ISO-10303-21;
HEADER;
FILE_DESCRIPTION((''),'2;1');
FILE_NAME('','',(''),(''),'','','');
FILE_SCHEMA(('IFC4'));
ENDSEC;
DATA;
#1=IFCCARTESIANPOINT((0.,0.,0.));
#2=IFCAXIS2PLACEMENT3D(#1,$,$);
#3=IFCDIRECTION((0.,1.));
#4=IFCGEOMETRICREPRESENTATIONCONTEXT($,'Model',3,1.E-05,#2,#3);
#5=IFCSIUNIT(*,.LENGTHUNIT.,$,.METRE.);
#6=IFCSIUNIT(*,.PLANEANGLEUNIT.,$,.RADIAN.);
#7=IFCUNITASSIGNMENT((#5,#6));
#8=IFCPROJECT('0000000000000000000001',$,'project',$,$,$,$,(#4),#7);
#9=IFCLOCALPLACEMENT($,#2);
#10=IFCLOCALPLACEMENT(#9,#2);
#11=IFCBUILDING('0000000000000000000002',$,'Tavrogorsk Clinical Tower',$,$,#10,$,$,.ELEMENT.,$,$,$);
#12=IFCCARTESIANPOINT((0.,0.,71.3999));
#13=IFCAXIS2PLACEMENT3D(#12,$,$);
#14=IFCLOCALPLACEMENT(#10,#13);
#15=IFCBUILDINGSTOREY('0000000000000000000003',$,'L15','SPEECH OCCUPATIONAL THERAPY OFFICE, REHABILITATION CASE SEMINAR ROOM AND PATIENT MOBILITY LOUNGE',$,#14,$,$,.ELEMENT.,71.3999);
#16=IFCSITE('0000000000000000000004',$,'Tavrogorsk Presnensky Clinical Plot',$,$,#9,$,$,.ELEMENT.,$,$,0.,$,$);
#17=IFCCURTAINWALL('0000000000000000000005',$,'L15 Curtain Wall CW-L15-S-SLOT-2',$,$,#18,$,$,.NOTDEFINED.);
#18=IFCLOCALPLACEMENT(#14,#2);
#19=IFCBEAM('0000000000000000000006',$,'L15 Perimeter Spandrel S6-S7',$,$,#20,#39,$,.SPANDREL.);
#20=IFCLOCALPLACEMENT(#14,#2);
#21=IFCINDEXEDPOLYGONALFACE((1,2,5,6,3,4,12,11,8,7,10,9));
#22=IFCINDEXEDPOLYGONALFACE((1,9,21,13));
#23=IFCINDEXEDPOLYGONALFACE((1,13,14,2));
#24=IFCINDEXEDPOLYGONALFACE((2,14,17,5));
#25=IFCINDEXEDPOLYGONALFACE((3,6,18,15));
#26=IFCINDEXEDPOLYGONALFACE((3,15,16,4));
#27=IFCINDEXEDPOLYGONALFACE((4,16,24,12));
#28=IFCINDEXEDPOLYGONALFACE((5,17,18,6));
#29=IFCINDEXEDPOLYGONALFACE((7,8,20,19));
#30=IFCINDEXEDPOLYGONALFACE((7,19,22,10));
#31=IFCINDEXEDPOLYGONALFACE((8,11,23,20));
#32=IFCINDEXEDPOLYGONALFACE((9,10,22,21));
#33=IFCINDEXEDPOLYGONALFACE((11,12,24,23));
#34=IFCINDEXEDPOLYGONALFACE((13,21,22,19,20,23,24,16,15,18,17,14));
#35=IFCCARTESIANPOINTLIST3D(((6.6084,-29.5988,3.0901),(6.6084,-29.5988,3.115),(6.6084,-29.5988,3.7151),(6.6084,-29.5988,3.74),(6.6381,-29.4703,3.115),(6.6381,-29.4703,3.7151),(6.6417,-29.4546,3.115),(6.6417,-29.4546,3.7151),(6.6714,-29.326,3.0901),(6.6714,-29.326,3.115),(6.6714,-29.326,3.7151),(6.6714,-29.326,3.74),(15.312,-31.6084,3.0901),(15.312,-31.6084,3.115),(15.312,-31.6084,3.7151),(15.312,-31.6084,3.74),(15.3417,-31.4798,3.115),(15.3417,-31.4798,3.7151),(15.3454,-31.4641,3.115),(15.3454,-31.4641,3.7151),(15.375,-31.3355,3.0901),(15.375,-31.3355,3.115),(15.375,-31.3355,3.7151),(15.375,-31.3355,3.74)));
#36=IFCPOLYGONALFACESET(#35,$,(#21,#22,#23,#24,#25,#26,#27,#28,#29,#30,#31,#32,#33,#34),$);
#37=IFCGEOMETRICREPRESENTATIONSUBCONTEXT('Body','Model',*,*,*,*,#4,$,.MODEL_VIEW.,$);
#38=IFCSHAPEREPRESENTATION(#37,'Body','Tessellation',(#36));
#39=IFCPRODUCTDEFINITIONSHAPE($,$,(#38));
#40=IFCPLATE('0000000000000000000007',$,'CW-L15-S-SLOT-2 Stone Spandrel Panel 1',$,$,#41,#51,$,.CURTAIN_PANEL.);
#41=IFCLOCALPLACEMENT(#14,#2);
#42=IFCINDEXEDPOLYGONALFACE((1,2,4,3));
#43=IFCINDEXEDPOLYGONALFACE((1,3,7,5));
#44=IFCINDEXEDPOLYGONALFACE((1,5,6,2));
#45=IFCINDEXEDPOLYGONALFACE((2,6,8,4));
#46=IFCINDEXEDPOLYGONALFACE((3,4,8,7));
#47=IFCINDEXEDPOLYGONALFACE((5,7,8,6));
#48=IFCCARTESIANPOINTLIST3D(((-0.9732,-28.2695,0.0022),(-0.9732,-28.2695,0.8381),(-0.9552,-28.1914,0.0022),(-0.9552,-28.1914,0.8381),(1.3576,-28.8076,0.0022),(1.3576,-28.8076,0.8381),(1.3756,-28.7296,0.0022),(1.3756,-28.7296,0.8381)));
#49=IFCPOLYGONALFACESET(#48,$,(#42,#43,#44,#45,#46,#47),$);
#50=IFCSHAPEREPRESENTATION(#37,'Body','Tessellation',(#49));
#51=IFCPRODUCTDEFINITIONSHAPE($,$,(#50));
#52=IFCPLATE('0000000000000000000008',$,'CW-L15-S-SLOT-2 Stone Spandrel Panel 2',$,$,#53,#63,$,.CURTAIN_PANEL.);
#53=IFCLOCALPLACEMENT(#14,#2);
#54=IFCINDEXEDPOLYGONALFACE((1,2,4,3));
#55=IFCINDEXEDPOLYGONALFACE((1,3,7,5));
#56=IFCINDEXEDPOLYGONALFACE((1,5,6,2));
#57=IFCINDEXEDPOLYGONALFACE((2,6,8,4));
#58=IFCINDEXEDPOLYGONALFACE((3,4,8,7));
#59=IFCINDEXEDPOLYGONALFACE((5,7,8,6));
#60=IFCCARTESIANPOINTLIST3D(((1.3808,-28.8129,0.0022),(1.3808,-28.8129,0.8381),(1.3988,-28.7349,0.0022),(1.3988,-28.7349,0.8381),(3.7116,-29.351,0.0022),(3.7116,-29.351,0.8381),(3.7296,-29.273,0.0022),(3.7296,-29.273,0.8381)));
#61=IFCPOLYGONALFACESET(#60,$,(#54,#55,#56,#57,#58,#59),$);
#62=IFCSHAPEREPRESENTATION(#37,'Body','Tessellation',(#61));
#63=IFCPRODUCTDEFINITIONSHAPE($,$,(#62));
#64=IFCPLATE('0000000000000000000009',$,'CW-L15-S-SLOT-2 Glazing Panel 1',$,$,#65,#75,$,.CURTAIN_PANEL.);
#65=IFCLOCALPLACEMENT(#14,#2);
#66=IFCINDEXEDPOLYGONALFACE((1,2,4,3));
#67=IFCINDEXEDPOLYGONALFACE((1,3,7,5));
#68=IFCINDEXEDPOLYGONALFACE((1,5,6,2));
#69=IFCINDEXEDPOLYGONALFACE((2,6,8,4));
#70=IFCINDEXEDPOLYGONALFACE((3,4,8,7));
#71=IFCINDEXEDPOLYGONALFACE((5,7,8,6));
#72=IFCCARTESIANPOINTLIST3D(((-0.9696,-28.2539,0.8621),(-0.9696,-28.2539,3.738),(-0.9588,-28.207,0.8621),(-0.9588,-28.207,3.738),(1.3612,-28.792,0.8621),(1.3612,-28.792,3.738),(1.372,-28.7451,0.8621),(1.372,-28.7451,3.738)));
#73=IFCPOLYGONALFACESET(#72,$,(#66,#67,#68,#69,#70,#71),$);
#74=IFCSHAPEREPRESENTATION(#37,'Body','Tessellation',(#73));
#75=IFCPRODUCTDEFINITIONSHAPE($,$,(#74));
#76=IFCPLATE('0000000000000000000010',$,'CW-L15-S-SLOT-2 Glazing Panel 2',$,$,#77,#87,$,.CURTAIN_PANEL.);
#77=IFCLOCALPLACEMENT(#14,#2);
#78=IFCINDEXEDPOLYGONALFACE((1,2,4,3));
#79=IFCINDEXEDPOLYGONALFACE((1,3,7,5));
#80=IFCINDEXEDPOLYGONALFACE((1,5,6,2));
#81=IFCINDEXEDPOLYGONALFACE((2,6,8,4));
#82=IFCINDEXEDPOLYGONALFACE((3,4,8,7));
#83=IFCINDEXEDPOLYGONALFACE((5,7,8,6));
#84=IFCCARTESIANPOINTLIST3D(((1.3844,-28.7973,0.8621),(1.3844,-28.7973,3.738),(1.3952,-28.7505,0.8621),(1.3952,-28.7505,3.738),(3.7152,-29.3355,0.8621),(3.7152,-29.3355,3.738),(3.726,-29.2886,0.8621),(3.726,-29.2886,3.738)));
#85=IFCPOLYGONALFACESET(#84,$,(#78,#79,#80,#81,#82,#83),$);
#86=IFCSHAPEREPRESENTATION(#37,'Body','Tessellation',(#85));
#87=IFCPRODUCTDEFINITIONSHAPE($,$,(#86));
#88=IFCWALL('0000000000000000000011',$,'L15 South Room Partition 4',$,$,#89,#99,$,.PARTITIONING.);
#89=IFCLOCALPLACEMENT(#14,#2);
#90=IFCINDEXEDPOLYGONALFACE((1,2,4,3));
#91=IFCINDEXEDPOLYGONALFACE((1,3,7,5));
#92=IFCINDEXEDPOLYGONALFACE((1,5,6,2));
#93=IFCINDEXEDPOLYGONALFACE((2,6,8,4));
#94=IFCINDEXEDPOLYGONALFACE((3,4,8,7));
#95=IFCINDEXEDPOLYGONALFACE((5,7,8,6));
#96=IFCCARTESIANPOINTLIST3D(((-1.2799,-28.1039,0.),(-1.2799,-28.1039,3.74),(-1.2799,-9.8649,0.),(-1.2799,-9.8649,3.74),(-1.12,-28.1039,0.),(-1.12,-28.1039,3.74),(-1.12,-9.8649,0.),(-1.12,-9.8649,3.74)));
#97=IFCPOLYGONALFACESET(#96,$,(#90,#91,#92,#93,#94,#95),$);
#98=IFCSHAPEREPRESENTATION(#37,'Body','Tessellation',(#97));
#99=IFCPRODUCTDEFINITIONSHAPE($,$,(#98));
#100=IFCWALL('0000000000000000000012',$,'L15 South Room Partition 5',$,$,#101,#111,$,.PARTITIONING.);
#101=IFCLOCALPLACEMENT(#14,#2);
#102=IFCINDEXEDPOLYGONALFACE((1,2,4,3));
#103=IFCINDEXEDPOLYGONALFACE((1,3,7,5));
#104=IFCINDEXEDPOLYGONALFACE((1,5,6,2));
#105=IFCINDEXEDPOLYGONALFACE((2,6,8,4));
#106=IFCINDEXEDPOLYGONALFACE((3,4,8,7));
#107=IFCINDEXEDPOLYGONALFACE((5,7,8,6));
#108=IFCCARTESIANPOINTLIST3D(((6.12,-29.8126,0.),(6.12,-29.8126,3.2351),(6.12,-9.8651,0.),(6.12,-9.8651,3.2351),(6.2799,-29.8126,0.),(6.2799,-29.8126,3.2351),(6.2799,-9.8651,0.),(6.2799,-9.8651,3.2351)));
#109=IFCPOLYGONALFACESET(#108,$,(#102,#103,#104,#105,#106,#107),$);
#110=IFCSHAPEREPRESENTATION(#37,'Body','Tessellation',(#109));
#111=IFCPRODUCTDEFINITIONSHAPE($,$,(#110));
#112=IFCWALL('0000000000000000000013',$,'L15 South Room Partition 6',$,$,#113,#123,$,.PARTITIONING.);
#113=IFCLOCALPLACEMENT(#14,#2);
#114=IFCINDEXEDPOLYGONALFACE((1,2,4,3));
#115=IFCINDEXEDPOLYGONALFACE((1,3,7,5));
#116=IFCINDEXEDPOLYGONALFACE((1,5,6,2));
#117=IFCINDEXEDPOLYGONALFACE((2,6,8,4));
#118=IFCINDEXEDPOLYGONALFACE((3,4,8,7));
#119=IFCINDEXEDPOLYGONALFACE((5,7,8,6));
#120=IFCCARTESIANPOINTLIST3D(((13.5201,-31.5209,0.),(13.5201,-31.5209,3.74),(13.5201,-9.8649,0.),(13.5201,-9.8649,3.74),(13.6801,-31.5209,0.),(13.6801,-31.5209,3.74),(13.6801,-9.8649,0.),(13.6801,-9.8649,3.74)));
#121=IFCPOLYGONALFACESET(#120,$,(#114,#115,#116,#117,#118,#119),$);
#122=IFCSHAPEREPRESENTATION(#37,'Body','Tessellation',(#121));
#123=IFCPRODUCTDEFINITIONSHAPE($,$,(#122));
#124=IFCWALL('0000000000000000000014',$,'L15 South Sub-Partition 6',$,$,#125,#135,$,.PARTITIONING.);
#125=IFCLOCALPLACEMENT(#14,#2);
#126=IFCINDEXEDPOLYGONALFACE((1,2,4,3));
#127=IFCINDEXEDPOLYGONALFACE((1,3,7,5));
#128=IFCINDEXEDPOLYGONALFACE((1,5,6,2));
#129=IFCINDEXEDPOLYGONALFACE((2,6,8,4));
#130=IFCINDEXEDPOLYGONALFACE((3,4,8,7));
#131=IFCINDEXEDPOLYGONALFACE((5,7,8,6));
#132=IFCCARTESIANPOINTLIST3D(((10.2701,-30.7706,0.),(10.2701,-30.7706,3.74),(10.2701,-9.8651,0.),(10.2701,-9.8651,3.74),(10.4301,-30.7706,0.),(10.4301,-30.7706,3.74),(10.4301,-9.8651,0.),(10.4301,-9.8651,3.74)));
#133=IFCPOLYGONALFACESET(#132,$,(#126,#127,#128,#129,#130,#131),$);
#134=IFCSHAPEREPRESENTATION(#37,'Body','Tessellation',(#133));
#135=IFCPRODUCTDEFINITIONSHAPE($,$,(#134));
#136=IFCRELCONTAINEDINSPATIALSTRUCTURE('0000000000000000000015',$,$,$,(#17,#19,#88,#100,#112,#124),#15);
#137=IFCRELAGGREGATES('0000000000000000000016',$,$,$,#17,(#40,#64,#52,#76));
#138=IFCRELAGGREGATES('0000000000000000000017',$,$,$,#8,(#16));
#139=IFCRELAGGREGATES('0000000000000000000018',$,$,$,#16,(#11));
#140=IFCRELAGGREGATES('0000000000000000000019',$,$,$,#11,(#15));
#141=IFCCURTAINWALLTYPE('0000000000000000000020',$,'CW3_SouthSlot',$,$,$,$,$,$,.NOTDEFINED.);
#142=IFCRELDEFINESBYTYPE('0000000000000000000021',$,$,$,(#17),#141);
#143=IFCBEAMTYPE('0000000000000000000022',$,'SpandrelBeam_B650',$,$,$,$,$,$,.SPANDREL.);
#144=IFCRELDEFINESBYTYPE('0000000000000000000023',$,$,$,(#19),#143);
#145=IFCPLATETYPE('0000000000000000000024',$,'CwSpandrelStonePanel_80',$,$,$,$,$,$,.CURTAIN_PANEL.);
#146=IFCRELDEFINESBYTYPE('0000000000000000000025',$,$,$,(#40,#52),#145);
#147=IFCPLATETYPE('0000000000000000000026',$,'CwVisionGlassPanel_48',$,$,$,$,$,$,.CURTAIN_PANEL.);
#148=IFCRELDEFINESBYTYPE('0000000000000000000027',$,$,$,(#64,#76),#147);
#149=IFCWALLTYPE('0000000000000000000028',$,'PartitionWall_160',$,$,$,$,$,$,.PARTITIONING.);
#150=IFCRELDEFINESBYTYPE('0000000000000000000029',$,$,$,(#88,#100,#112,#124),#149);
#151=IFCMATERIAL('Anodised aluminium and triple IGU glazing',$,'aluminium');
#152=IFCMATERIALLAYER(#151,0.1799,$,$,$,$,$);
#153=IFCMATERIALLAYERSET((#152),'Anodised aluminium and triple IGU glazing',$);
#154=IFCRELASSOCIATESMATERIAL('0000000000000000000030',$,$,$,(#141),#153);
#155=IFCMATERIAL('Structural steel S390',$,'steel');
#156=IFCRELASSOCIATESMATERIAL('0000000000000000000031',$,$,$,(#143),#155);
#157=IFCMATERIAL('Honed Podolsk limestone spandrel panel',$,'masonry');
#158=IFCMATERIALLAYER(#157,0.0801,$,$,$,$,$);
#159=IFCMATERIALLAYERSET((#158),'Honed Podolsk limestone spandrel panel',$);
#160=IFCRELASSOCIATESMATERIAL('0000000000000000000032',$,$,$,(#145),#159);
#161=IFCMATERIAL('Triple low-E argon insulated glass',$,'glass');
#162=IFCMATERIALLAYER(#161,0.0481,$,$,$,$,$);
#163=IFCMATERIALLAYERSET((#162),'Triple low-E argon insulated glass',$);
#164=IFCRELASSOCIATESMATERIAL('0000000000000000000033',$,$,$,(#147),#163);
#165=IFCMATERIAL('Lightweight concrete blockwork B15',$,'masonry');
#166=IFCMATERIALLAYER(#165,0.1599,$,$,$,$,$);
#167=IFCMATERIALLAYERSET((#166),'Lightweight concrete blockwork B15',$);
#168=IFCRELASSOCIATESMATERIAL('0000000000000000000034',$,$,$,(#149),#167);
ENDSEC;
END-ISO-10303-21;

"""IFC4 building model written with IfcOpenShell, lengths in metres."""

from ifc_helpers import new_model, si_unit, direction, frame, frame_2d, origin, origin_2d, place, context, subcontext, project, spatial, rectangle, i_section, extrude, material, layer, layer_set, material_profile, profile_set, type_object, element, aggregate, save


model = new_model("IFC4")

# Units and contexts
model_context = context("Model", 3, precision=1e-05, world=origin(), true_north=direction((0.0, 1.0)))
body_context = subcontext(model_context, "Body", "Model", "MODEL_VIEW")
ifc_project = project(units=[si_unit("LENGTHUNIT", "METRE"), si_unit("PLANEANGLEUNIT", "RADIAN")], contexts=[model_context])

# Site, building, storey
site_placement = place(None, origin())
site = spatial("IfcSite", under=ifc_project, at=site_placement, Name="Tavrogorsk Presnensky Clinical Plot", CompositionType="ELEMENT", RefElevation=0.0)
building_placement = place(site_placement, origin())
building = spatial("IfcBuilding", under=site, at=building_placement, Name="Tavrogorsk Clinical Tower", CompositionType="ELEMENT")
storey_placement = place(building_placement, frame((0.0, 0.0, 71.3999)))
storey = spatial("IfcBuildingStorey", under=building, at=storey_placement, Name="L15", Description="SPEECH OCCUPATIONAL THERAPY OFFICE, REHABILITATION CASE SEMINAR ROOM AND PATIENT MOBILITY LOUNGE", CompositionType="ELEMENT", Elevation=71.3999)

# Curtain wall
ifc_material_1 = material(Name="Anodised aluminium and triple IGU glazing", Category="aluminium")
ifc_layer_1 = layer(ifc_material_1, 0.1799)
ifc_layer_set_1 = layer_set([ifc_layer_1], Name="Anodised aluminium and triple IGU glazing")
curtain_wall_type = type_object("IfcCurtainWallType", Name="CW3_SouthSlot", PredefinedType="NOTDEFINED", material=ifc_layer_set_1)
curtain_wall_placement = place(storey_placement, origin())
curtain_wall = element("IfcCurtainWall", 1, at=curtain_wall_placement, inside=storey, type_object=curtain_wall_type, Name="L15 Curtain Wall CW-L15-S-SLOT-2", PredefinedType="NOTDEFINED")

# Beam
ifc_material_2 = material(Name="Structural steel S390", Category="steel")
ifc_material_profile_1 = material_profile(ifc_material_2, i_section(OverallWidth=0.28, OverallDepth=0.6499, WebThickness=0.0161, FlangeThickness=0.0249, at=origin_2d()), Name="B-650x280x16x25")
ifc_profile_set_1 = profile_set([ifc_material_profile_1], Name="Structural steel S390")
beam_type = type_object("IfcBeamType", Name="SpandrelBeam_B650", PredefinedType="SPANDREL", material=ifc_profile_set_1)
for number, where, z_axis, x_axis, name in (
    (2, (6.6399, -29.4624, 3.415), (0.974367, -0.224965, 0.0), (0.224965, 0.974367, 0.0), "L15 Perimeter Spandrel S6-S7"),
):
    element("IfcBeam", number, at=place(storey_placement, frame(where, z_axis=z_axis, x_axis=x_axis)), inside=storey, type_object=beam_type, Name=name, PredefinedType="SPANDREL", context=body_context, shape_type="SweptSolid", body=[
        extrude(i_section(OverallWidth=0.28, OverallDepth=0.6499, WebThickness=0.0161, FlangeThickness=0.0249, at=origin_2d()), origin(), (0.0, 0.0, 1.0), 8.9326),
    ])

# Plates
ifc_material_3 = material(Name="Honed Podolsk limestone spandrel panel", Category="masonry")
ifc_layer_2 = layer(ifc_material_3, 0.0801)
ifc_layer_set_2 = layer_set([ifc_layer_2], Name="Honed Podolsk limestone spandrel panel")
plate_type_1 = type_object("IfcPlateType", Name="CwSpandrelStonePanel_80", PredefinedType="CURTAIN_PANEL", material=ifc_layer_set_2)
plate_1_placement = place(storey_placement, frame((0.2012, -28.4995, 0.0022), z_axis=(0.0, 0.0, 1.0), x_axis=(0.97437, -0.224951, 0.0)))
plate_1 = element("IfcPlate", 3, at=plate_1_placement, type_object=plate_type_1, Name="CW-L15-S-SLOT-2 Stone Spandrel Panel 1", PredefinedType="CURTAIN_PANEL", context=body_context, shape_type="SweptSolid", body=[
    extrude(rectangle(XDim=2.3921, YDim=0.0801, at=origin_2d()), origin(), (0.0, 0.0, 1.0), 0.8359),
])
plate_2_placement = place(storey_placement, frame((2.5552, -29.043, 0.0022), z_axis=(0.0, 0.0, 1.0), x_axis=(0.97437, -0.224951, 0.0)))
plate_2 = element("IfcPlate", 4, at=plate_2_placement, type_object=plate_type_1, Name="CW-L15-S-SLOT-2 Stone Spandrel Panel 2", PredefinedType="CURTAIN_PANEL", context=body_context, shape_type="SweptSolid", body=[
    extrude(rectangle(XDim=2.3921, YDim=0.0801, at=origin_2d()), origin(), (0.0, 0.0, 1.0), 0.8359),
])
ifc_material_4 = material(Name="Triple low-E argon insulated glass", Category="glass")
ifc_layer_3 = layer(ifc_material_4, 0.0481)
ifc_layer_set_3 = layer_set([ifc_layer_3], Name="Triple low-E argon insulated glass")
plate_type_2 = type_object("IfcPlateType", Name="CwVisionGlassPanel_48", PredefinedType="CURTAIN_PANEL", material=ifc_layer_set_3)
plate_3_placement = place(storey_placement, frame((0.2012, -28.4995, 0.8621), z_axis=(0.0, 0.0, 1.0), x_axis=(0.97437, -0.224951, 0.0)))
plate_3 = element("IfcPlate", 5, at=plate_3_placement, type_object=plate_type_2, Name="CW-L15-S-SLOT-2 Glazing Panel 1", PredefinedType="CURTAIN_PANEL", context=body_context, shape_type="SweptSolid", body=[
    extrude(rectangle(XDim=2.3921, YDim=0.0481, at=origin_2d()), origin(), (0.0, 0.0, 1.0), 2.876),
])
plate_4_placement = place(storey_placement, frame((2.5552, -29.043, 0.8621), z_axis=(0.0, 0.0, 1.0), x_axis=(0.97437, -0.224951, 0.0)))
plate_4 = element("IfcPlate", 6, at=plate_4_placement, type_object=plate_type_2, Name="CW-L15-S-SLOT-2 Glazing Panel 2", PredefinedType="CURTAIN_PANEL", context=body_context, shape_type="SweptSolid", body=[
    extrude(rectangle(XDim=2.3921, YDim=0.0481, at=origin_2d()), origin(), (0.0, 0.0, 1.0), 2.876),
])
aggregate(curtain_wall, [plate_1, plate_3, plate_2, plate_4])

# Walls
ifc_material_5 = material(Name="Lightweight concrete blockwork B15", Category="masonry")
ifc_layer_4 = layer(ifc_material_5, 0.1599)
ifc_layer_set_4 = layer_set([ifc_layer_4], Name="Lightweight concrete blockwork B15")
wall_type_1 = type_object("IfcWallType", Name="PartitionWall_160", PredefinedType="PARTITIONING", material=ifc_layer_set_4)
wall_1_placement = place(storey_placement, frame((-1.2, -28.104, 0.0), z_axis=(0.0, 0.0, 1.0), x_axis=(0.0, 1.0, 0.0)))
element("IfcWall", 7, at=wall_1_placement, inside=storey, type_object=wall_type_1, Name="L15 South Room Partition 4", PredefinedType="PARTITIONING", context=body_context, shape_type="SweptSolid", body=[
    extrude(rectangle(XDim=18.239, YDim=0.1599, at=frame_2d((9.1196, 0.0))), origin(), (0.0, 0.0, 1.0), 3.74),
])
wall_2_placement = place(storey_placement, frame((6.2, -29.8125, 0.0), z_axis=(0.0, 0.0, 1.0), x_axis=(0.0, 1.0, 0.0)))
element("IfcWall", 8, at=wall_2_placement, inside=storey, type_object=wall_type_1, Name="L15 South Room Partition 5", PredefinedType="PARTITIONING", context=body_context, shape_type="SweptSolid", body=[
    extrude(rectangle(XDim=19.9475, YDim=0.1599, at=frame_2d((9.9736, 0.0))), origin(), (0.0, 0.0, 1.0), 3.2351),
])
wall_3_placement = place(storey_placement, frame((13.6001, -31.521, 0.0), z_axis=(0.0, 0.0, 1.0), x_axis=(0.0, 1.0, 0.0)))
element("IfcWall", 9, at=wall_3_placement, inside=storey, type_object=wall_type_1, Name="L15 South Room Partition 6", PredefinedType="PARTITIONING", context=body_context, shape_type="SweptSolid", body=[
    extrude(rectangle(XDim=21.656, YDim=0.1599, at=frame_2d((10.8281, 0.0))), origin(), (0.0, 0.0, 1.0), 3.74),
])
wall_4_placement = place(storey_placement, frame((10.3501, -30.7705, 0.0), z_axis=(0.0, 0.0, 1.0), x_axis=(0.0, 1.0, 0.0)))
element("IfcWall", 10, at=wall_4_placement, inside=storey, type_object=wall_type_1, Name="L15 South Sub-Partition 6", PredefinedType="PARTITIONING", context=body_context, shape_type="SweptSolid", body=[
    extrude(rectangle(XDim=20.9055, YDim=0.1599, at=frame_2d((10.4526, 0.0))), origin(), (0.0, 0.0, 1.0), 3.74),
])

save(model, "model.ifc")
